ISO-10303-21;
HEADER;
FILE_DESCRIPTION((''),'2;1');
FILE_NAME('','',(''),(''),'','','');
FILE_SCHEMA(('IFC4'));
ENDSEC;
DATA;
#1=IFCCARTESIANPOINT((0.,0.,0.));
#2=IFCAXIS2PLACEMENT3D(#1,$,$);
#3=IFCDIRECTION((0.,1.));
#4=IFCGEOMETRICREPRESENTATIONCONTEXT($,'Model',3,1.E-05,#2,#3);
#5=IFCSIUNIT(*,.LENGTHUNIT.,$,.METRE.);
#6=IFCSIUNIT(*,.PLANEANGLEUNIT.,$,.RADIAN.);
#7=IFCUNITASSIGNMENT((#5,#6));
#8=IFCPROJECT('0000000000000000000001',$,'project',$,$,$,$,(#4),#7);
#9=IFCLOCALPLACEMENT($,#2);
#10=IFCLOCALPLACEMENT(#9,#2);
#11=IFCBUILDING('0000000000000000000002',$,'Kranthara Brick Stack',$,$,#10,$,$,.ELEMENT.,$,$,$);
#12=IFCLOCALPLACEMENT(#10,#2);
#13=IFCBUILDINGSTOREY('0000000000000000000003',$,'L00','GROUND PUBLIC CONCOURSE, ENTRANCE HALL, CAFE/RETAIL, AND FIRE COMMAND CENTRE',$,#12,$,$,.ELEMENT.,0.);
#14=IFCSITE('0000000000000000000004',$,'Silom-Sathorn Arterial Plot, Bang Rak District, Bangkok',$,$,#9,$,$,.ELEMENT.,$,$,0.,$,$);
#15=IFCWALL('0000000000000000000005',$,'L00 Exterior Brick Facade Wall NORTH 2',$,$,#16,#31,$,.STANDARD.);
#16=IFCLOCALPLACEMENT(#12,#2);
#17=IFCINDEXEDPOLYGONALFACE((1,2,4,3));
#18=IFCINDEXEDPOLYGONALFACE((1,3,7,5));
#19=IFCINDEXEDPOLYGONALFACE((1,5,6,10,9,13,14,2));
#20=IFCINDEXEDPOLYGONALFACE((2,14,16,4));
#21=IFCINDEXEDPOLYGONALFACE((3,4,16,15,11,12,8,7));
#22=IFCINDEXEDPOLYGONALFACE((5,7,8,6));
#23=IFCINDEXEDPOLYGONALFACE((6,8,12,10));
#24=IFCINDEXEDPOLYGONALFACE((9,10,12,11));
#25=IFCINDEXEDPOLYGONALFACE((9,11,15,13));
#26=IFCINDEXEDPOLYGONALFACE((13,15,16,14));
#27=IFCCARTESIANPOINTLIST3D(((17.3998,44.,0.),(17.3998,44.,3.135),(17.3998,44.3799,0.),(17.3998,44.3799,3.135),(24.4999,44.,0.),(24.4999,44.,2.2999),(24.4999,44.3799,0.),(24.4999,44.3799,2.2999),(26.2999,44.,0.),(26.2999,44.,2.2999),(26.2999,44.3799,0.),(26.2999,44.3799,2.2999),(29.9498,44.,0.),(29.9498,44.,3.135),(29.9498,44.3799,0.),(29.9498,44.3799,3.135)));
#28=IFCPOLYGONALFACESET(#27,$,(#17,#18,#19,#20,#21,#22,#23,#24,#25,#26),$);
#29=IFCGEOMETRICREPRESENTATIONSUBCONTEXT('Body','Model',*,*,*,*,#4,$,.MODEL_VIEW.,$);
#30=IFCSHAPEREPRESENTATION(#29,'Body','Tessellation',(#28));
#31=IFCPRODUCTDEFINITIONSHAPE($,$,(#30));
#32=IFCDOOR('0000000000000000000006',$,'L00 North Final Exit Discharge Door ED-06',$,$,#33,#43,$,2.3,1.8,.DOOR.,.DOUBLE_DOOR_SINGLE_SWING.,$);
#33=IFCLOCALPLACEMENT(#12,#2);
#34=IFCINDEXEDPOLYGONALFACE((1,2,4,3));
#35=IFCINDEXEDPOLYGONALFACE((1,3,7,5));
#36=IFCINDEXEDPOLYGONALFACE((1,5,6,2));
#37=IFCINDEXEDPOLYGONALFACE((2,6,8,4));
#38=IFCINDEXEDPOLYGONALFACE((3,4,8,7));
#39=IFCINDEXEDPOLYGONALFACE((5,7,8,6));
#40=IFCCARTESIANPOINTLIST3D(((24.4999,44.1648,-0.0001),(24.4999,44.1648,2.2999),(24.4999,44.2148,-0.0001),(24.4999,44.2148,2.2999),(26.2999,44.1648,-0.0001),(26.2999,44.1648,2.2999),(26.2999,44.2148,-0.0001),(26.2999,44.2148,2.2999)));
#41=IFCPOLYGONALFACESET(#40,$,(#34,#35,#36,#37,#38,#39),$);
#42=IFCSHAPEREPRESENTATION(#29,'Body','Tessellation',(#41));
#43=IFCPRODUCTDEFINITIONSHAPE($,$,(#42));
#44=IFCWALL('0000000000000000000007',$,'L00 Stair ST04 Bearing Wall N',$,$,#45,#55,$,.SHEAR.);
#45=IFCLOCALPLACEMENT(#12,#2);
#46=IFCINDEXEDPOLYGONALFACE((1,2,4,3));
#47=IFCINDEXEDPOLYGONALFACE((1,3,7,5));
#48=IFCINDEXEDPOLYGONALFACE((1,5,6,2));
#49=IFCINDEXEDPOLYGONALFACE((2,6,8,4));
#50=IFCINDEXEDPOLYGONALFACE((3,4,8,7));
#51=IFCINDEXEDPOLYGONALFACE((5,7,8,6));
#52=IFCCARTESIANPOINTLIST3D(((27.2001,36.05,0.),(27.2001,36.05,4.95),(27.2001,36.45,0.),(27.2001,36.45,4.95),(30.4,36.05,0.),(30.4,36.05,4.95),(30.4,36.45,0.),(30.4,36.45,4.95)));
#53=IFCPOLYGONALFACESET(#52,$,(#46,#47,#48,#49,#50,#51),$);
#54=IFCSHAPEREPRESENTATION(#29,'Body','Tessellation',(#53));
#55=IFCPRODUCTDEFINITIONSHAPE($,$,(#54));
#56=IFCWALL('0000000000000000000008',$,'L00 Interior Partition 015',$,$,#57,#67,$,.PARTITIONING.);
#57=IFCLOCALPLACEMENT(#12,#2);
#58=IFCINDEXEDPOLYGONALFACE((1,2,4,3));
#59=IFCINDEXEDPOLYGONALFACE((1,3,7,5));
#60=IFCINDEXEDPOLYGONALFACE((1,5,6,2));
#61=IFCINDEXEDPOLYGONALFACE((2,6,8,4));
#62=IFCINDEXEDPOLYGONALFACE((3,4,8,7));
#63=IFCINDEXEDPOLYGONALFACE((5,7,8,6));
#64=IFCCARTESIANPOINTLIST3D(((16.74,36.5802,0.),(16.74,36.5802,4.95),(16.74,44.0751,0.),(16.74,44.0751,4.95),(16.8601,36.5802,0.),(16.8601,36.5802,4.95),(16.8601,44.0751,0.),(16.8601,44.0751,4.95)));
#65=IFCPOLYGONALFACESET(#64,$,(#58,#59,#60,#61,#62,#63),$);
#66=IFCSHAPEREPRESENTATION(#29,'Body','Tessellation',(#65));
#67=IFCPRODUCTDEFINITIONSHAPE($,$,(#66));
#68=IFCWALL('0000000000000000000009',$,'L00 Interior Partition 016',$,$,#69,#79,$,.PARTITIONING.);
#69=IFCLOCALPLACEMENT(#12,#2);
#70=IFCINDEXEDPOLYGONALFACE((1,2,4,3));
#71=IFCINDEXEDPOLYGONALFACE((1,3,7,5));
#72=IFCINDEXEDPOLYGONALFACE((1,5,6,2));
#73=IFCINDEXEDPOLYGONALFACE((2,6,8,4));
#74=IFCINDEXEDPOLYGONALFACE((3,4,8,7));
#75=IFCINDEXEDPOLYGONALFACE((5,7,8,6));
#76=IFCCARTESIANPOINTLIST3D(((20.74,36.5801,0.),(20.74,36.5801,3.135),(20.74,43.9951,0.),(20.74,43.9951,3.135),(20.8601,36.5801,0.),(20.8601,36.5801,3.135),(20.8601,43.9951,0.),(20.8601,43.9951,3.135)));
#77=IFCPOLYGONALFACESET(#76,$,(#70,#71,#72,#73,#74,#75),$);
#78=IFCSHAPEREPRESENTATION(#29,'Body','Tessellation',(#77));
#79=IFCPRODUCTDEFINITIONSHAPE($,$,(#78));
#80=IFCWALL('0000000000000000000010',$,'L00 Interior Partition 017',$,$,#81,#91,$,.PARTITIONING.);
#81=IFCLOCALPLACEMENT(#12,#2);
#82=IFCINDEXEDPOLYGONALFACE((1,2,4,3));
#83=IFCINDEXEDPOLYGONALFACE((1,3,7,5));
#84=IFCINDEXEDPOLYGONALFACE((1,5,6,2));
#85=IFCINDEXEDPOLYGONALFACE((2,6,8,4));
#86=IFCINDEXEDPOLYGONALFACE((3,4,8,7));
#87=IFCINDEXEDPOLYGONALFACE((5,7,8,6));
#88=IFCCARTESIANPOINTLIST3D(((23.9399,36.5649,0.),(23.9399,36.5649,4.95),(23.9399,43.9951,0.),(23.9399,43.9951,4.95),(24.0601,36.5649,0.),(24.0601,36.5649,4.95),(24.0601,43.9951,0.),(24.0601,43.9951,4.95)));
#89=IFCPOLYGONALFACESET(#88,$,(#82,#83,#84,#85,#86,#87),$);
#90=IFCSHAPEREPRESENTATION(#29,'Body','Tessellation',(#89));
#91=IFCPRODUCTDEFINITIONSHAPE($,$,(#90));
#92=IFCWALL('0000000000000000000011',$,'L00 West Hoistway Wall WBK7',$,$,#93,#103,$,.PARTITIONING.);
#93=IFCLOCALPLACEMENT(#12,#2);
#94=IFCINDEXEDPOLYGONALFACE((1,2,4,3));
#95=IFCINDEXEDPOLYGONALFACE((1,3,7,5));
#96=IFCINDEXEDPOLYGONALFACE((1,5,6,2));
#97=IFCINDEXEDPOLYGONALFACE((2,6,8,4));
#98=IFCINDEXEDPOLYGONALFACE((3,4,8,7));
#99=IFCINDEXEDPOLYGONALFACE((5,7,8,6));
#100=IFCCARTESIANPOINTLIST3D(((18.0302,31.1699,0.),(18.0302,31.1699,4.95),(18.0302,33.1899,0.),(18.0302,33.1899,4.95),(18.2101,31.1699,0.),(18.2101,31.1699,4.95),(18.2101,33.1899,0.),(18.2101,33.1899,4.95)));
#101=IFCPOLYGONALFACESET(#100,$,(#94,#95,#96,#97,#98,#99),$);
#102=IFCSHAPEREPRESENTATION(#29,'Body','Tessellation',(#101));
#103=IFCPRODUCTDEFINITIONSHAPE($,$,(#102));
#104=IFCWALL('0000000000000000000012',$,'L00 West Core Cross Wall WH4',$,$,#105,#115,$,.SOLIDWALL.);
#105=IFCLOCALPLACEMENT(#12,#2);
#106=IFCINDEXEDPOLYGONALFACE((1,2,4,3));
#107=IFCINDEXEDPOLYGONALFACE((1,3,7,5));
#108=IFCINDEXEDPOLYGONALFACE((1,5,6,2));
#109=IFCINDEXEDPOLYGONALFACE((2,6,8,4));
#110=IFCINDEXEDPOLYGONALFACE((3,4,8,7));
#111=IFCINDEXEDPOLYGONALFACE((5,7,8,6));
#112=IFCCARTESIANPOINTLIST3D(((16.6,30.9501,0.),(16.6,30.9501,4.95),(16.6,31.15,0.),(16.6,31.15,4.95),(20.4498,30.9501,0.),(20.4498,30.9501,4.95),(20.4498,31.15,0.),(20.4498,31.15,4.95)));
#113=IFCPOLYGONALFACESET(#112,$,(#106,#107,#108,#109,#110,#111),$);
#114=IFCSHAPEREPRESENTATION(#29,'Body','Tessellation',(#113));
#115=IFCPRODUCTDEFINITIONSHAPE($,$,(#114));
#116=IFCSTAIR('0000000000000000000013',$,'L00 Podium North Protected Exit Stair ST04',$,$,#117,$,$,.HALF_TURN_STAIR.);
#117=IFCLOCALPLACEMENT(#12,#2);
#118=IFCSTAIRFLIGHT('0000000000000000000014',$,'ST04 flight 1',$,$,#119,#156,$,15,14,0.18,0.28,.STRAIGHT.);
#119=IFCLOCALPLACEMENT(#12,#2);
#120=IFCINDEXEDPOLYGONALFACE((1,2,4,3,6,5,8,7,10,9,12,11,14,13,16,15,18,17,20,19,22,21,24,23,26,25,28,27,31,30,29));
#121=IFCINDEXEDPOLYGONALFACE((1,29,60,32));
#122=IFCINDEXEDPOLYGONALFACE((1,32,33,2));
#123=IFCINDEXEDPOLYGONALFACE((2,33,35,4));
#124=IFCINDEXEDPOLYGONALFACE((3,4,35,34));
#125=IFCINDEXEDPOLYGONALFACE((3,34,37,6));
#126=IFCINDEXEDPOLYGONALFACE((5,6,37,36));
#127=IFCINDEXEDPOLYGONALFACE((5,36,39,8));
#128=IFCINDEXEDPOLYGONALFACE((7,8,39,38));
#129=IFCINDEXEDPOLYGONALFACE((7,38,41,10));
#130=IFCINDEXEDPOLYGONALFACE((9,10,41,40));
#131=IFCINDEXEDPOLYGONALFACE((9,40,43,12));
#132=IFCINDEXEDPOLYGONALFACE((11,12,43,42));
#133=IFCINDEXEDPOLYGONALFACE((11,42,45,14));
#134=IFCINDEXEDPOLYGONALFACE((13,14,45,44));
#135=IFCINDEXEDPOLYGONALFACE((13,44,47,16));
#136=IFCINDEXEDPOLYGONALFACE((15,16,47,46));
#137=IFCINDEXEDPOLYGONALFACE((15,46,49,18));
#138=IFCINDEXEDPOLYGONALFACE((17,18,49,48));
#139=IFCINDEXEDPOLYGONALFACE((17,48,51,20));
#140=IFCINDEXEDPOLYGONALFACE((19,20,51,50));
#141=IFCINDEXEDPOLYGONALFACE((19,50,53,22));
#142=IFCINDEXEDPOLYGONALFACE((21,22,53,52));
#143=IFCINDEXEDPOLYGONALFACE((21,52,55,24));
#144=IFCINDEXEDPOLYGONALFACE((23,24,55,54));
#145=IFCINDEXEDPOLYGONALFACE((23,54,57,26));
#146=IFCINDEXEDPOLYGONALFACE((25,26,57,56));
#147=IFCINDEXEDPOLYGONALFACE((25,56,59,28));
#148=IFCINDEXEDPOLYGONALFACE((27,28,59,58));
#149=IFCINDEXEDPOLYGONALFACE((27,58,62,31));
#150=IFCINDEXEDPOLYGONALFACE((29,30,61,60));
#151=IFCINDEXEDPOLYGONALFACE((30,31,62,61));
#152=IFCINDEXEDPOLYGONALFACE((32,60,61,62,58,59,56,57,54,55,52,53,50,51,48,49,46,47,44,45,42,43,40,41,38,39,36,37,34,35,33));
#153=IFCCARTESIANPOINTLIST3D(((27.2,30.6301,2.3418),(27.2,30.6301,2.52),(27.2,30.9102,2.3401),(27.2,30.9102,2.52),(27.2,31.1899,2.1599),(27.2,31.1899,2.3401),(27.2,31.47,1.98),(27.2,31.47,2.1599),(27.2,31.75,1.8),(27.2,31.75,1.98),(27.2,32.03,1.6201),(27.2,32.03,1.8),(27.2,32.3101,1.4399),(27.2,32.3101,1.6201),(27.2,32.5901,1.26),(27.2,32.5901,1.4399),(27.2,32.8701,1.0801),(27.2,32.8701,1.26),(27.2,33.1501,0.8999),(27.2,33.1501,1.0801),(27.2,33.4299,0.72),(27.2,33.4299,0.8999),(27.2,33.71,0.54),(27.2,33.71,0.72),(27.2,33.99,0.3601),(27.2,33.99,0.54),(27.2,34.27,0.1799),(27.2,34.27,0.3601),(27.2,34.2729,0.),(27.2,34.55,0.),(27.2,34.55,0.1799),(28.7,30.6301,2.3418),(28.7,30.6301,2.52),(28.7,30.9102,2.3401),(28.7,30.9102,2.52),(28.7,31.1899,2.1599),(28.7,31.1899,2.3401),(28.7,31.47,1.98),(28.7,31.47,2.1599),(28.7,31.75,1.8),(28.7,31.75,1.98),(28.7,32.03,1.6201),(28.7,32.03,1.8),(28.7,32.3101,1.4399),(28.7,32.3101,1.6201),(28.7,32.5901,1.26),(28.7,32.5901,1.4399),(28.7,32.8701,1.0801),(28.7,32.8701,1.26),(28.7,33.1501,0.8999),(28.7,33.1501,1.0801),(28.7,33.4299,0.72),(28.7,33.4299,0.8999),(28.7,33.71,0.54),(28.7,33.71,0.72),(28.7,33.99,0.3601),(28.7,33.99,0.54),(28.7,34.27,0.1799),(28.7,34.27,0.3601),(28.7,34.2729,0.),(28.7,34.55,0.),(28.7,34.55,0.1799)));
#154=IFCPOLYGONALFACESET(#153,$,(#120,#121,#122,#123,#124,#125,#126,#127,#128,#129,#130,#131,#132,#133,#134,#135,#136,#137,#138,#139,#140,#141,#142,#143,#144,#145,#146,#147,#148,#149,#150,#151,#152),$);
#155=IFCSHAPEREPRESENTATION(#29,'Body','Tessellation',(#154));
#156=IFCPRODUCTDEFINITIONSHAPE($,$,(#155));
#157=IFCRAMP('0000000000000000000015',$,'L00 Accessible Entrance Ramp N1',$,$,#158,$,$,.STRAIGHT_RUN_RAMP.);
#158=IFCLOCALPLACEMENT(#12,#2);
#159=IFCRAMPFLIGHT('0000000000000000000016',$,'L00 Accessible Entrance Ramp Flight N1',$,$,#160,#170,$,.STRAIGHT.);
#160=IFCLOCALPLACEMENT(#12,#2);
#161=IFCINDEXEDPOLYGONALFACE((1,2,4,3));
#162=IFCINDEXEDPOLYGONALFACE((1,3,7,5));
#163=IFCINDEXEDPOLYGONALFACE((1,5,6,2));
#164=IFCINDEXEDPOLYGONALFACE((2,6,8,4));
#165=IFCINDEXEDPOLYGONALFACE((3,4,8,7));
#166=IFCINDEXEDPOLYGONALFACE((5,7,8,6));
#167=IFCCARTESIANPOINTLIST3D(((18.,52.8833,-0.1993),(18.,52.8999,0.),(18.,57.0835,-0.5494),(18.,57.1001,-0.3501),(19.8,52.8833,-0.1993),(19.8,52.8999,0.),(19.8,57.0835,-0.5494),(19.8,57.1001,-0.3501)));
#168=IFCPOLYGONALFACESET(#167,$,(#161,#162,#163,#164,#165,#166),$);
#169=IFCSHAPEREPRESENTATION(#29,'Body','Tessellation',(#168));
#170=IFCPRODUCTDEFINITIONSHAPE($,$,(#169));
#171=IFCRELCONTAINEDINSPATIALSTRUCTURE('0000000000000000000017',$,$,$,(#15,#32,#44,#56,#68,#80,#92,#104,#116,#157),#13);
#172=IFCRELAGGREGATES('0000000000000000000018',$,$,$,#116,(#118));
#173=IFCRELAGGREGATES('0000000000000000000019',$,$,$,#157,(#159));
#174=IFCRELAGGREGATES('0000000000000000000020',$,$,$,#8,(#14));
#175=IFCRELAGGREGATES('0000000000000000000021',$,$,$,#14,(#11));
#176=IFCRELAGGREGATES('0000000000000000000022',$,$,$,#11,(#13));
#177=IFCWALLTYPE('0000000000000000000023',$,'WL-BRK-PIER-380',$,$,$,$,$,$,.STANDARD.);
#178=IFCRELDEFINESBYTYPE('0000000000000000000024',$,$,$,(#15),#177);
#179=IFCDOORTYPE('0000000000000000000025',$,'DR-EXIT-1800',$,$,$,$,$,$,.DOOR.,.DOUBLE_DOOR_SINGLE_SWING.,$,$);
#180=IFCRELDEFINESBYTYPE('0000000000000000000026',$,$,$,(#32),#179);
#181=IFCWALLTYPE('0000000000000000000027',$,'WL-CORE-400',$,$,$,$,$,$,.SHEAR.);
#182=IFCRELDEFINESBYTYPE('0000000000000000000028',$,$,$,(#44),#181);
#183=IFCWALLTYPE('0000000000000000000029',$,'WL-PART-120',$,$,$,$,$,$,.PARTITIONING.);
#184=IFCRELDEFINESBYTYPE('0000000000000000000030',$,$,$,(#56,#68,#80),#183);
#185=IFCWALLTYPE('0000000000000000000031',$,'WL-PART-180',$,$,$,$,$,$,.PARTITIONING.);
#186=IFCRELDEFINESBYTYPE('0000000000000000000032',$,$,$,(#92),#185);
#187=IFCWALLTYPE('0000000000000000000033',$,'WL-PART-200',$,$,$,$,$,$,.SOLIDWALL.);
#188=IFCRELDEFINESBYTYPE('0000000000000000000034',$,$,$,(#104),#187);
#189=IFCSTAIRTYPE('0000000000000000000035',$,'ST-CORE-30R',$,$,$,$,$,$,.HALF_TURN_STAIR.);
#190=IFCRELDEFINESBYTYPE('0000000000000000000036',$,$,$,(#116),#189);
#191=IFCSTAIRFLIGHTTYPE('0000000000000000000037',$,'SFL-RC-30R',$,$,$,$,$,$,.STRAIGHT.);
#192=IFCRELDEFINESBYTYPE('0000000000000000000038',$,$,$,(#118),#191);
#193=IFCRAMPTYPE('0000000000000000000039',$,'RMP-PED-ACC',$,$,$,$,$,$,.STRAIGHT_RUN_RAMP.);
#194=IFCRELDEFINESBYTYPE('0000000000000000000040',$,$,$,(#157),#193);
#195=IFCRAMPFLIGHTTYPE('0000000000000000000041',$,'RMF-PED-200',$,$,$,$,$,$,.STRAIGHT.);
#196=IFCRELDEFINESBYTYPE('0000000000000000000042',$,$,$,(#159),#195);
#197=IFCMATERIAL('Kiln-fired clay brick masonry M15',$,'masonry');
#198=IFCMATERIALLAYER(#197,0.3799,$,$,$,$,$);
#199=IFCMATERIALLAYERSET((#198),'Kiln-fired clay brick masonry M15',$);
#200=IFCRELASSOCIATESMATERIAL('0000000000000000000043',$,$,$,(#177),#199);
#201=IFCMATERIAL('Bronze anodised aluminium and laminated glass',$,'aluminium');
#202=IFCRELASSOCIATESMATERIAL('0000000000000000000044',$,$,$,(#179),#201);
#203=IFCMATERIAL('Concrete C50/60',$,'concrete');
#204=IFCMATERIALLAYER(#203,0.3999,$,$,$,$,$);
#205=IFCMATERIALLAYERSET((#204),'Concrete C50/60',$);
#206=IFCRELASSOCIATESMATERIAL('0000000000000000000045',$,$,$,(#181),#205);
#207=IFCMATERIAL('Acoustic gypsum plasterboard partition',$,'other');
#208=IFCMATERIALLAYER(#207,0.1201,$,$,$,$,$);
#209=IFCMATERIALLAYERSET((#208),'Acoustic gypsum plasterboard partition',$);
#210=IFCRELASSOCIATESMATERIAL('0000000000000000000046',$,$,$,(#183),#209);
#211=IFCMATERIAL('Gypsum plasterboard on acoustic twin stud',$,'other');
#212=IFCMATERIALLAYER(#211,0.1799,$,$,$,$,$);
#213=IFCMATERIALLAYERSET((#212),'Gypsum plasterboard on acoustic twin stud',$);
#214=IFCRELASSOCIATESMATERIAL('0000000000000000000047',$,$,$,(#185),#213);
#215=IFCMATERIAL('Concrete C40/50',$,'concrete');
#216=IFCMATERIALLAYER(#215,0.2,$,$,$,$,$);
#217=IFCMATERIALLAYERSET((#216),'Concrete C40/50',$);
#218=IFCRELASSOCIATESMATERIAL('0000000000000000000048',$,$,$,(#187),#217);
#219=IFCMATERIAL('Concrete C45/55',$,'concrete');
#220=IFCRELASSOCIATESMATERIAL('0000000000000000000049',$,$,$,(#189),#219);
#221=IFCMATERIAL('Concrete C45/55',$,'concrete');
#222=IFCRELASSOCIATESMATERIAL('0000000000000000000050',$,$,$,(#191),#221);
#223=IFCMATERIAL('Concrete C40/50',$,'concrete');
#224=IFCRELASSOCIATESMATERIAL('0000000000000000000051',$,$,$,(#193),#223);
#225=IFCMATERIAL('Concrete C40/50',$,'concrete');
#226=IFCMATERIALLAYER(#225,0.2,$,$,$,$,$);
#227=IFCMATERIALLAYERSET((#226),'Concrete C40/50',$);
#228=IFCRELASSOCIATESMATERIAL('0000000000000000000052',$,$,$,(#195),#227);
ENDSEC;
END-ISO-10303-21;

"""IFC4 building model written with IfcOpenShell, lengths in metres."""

from ifc_helpers import new_model, si_unit, direction, frame, frame_2d, origin, place, context, subcontext, project, spatial, polyline, rectangle, outline, extrude, material, layer, layer_set, type_object, element, fill, aggregate, save


model = new_model("IFC4")

# Units and contexts
model_context = context("Model", 3, precision=1e-05, world=origin(), true_north=direction((0.0, 1.0)))
body_context = subcontext(model_context, "Body", "Model", "MODEL_VIEW")
ifc_project = project(units=[si_unit("LENGTHUNIT", "METRE"), si_unit("PLANEANGLEUNIT", "RADIAN")], contexts=[model_context])

# Site, building, storey
site_placement = place(None, origin())
site = spatial("IfcSite", under=ifc_project, at=site_placement, Name="Silom-Sathorn Arterial Plot, Bang Rak District, Bangkok", CompositionType="ELEMENT", RefElevation=0.0)
building_placement = place(site_placement, origin())
building = spatial("IfcBuilding", under=site, at=building_placement, Name="Kranthara Brick Stack", CompositionType="ELEMENT")
storey_placement = place(building_placement, origin())
storey = spatial("IfcBuildingStorey", under=building, at=storey_placement, Name="L00", Description="GROUND PUBLIC CONCOURSE, ENTRANCE HALL, CAFE/RETAIL, AND FIRE COMMAND CENTRE", CompositionType="ELEMENT", Elevation=0.0)

# Wall, opening, door
ifc_material_1 = material(Name="Kiln-fired clay brick masonry M15", Category="masonry")
ifc_layer_1 = layer(ifc_material_1, 0.3799)
ifc_layer_set_1 = layer_set([ifc_layer_1], Name="Kiln-fired clay brick masonry M15")
wall_type_1 = type_object("IfcWallType", Name="WL-BRK-PIER-380", PredefinedType="STANDARD", material=ifc_layer_set_1)
wall_1_placement = place(storey_placement, frame((17.3999, 44.1899, 0.0), z_axis=(0.0, 0.0, 1.0), x_axis=(1.0, 0.0, 0.0)))
wall_1 = element("IfcWall", 1, at=wall_1_placement, inside=storey, type_object=wall_type_1, Name="L00 Exterior Brick Facade Wall NORTH 2", PredefinedType="STANDARD", context=body_context, shape_type="SweptSolid", body=[
    extrude(rectangle(XDim=12.55, YDim=0.3799, at=frame_2d((6.2749, 0.0))), origin(), (0.0, 0.0, 1.0), 3.135),
])
opening_placement = place(wall_1_placement, frame((7.1001, 0.0, 0.0)))
opening = element("IfcOpeningElement", 2, at=opening_placement, cuts=wall_1, PredefinedType="OPENING", context=body_context, shape_type="SweptSolid", body=[
    extrude(rectangle(XDim=1.8, YDim=2.3, at=frame_2d((0.8999, 1.1499))), frame((0.0, 0.2, 0.0), z_axis=(0.0, -1.0, 0.0), x_axis=(1.0, 0.0, 0.0)), (0.0, 0.0, 1.0), 0.3999),
])
ifc_material_2 = material(Name="Bronze anodised aluminium and laminated glass", Category="aluminium")
door_type = type_object("IfcDoorType", Name="DR-EXIT-1800", OperationType="DOUBLE_DOOR_SINGLE_SWING", PredefinedType="DOOR", material=ifc_material_2)
door_placement = place(opening_placement, origin())
door = element("IfcDoor", 3, at=door_placement, inside=storey, type_object=door_type, Name="L00 North Final Exit Discharge Door ED-06", OperationType="DOUBLE_DOOR_SINGLE_SWING", OverallHeight=2.3, OverallWidth=1.8, PredefinedType="DOOR", context=body_context, shape_type="SweptSolid", body=[
    extrude(rectangle(XDim=1.8, YDim=2.3, at=frame_2d((0.8999, 1.1499))), frame((0.0, 0.0249, 0.0), z_axis=(0.0, -1.0, 0.0), x_axis=(1.0, 0.0, 0.0)), (0.0, 0.0, 1.0), 0.05),
])
fill(opening, door)

# Walls
ifc_material_3 = material(Name="Concrete C50/60", Category="concrete")
ifc_layer_2 = layer(ifc_material_3, 0.3999)
ifc_layer_set_2 = layer_set([ifc_layer_2], Name="Concrete C50/60")
wall_type_2 = type_object("IfcWallType", Name="WL-CORE-400", PredefinedType="SHEAR", material=ifc_layer_set_2)
wall_2_placement = place(storey_placement, frame((27.2, 36.25, 0.0), z_axis=(0.0, 0.0, 1.0), x_axis=(1.0, 0.0, 0.0)))
element("IfcWall", 4, at=wall_2_placement, inside=storey, type_object=wall_type_2, Name="L00 Stair ST04 Bearing Wall N", PredefinedType="SHEAR", context=body_context, shape_type="SweptSolid", body=[
    extrude(rectangle(XDim=3.2, YDim=0.3999, at=frame_2d((1.6001, 0.0))), origin(), (0.0, 0.0, 1.0), 4.95),
])
ifc_material_4 = material(Name="Acoustic gypsum plasterboard partition", Category="other")
ifc_layer_3 = layer(ifc_material_4, 0.1201)
ifc_layer_set_3 = layer_set([ifc_layer_3], Name="Acoustic gypsum plasterboard partition")
wall_type_3 = type_object("IfcWallType", Name="WL-PART-120", PredefinedType="PARTITIONING", material=ifc_layer_set_3)
wall_3_placement = place(storey_placement, frame((16.8, 36.5801, 0.0), z_axis=(0.0, 0.0, 1.0), x_axis=(0.0, 1.0, 0.0)))
element("IfcWall", 5, at=wall_3_placement, inside=storey, type_object=wall_type_3, Name="L00 Interior Partition 015", PredefinedType="PARTITIONING", context=body_context, shape_type="SweptSolid", body=[
    extrude(rectangle(XDim=7.4949, YDim=0.1201, at=frame_2d((3.7476, 0.0))), origin(), (0.0, 0.0, 1.0), 4.95),
])
wall_4_placement = place(storey_placement, frame((20.8, 36.5801, 0.0), z_axis=(0.0, 0.0, 1.0), x_axis=(0.0, 1.0, 0.0)))
element("IfcWall", 6, at=wall_4_placement, inside=storey, type_object=wall_type_3, Name="L00 Interior Partition 016", PredefinedType="PARTITIONING", context=body_context, shape_type="SweptSolid", body=[
    extrude(rectangle(XDim=7.415, YDim=0.1201, at=frame_2d((3.7075, 0.0))), origin(), (0.0, 0.0, 1.0), 3.135),
])
wall_5_placement = place(storey_placement, frame((24.0, 36.5649, 0.0), z_axis=(0.0, 0.0, 1.0), x_axis=(0.0, 1.0, 0.0)))
element("IfcWall", 7, at=wall_5_placement, inside=storey, type_object=wall_type_3, Name="L00 Interior Partition 017", PredefinedType="PARTITIONING", context=body_context, shape_type="SweptSolid", body=[
    extrude(rectangle(XDim=7.4302, YDim=0.1201, at=frame_2d((3.7151, 0.0))), origin(), (0.0, 0.0, 1.0), 4.95),
])
ifc_material_5 = material(Name="Gypsum plasterboard on acoustic twin stud", Category="other")
ifc_layer_4 = layer(ifc_material_5, 0.1799)
ifc_layer_set_4 = layer_set([ifc_layer_4], Name="Gypsum plasterboard on acoustic twin stud")
wall_type_4 = type_object("IfcWallType", Name="WL-PART-180", PredefinedType="PARTITIONING", material=ifc_layer_set_4)
wall_6_placement = place(storey_placement, frame((18.1201, 31.1699, 0.0), z_axis=(0.0, 0.0, 1.0), x_axis=(0.0, 1.0, 0.0)))
element("IfcWall", 8, at=wall_6_placement, inside=storey, type_object=wall_type_4, Name="L00 West Hoistway Wall WBK7", PredefinedType="PARTITIONING", context=body_context, shape_type="SweptSolid", body=[
    extrude(rectangle(XDim=2.02, YDim=0.1799, at=frame_2d((1.01, 0.0))), origin(), (0.0, 0.0, 1.0), 4.95),
])
ifc_material_6 = material(Name="Concrete C40/50", Category="concrete")
ifc_layer_5 = layer(ifc_material_6, 0.2)
ifc_layer_set_5 = layer_set([ifc_layer_5], Name="Concrete C40/50")
wall_type_5 = type_object("IfcWallType", Name="WL-PART-200", PredefinedType="SOLIDWALL", material=ifc_layer_set_5)
wall_7_placement = place(storey_placement, frame((16.6001, 31.05, 0.0), z_axis=(0.0, 0.0, 1.0), x_axis=(1.0, 0.0, 0.0)))
element("IfcWall", 9, at=wall_7_placement, inside=storey, type_object=wall_type_5, Name="L00 West Core Cross Wall WH4", PredefinedType="SOLIDWALL", context=body_context, shape_type="SweptSolid", body=[
    extrude(rectangle(XDim=3.8499, YDim=0.2, at=frame_2d((1.9248, 0.0))), origin(), (0.0, 0.0, 1.0), 4.95),
])

# Stair, stair flight
ifc_material_7 = material(Name="Concrete C45/55", Category="concrete")
stair_type = type_object("IfcStairType", Name="ST-CORE-30R", PredefinedType="HALF_TURN_STAIR", material=ifc_material_7)
stair_placement = place(storey_placement, origin())
stair = element("IfcStair", 10, at=stair_placement, inside=storey, type_object=stair_type, Name="L00 Podium North Protected Exit Stair ST04", PredefinedType="HALF_TURN_STAIR")
ifc_material_8 = material(Name="Concrete C45/55", Category="concrete")
stair_flight_type = type_object("IfcStairFlightType", Name="SFL-RC-30R", PredefinedType="STRAIGHT", material=ifc_material_8)
stair_flight_placement = place(storey_placement, frame((27.95, 34.55, 0.0), z_axis=(0.0, 0.0, 1.0), x_axis=(0.0, -1.0, 0.0)))
stair_flight = element("IfcStairFlight", 11, at=stair_flight_placement, type_object=stair_flight_type, Name="ST04 flight 1", NumberOfRisers=15, NumberOfTreads=14, PredefinedType="STRAIGHT", RiserHeight=0.18, TreadLength=0.28, context=body_context, shape_type="SweptSolid", body=[
    extrude(outline(polyline([(0.0, 0.0), (0.0, 0.1799), (0.28, 0.1799), (0.28, 0.3601), (0.5601, 0.3601), (0.5601, 0.54), (0.8401, 0.54), (0.8401, 0.72), (1.1201, 0.72), (1.1201, 0.8999), (1.3999, 0.8999), (1.3999, 1.0801), (1.6799, 1.0801), (1.6799, 1.26), (1.96, 1.26), (1.96, 1.4399), (2.24, 1.4399), (2.24, 1.6201), (2.52, 1.6201), (2.52, 1.8), (2.8, 1.8), (2.8, 1.98), (3.0801, 1.98), (3.0801, 2.1599), (3.3601, 2.1599), (3.3601, 2.3401), (3.6399, 2.3401), (3.6399, 2.52), (3.9199, 2.52), (3.9199, 2.7), (3.9199, 2.3418), (0.2771, 0.0), (0.0, 0.0)])), frame((0.0, 0.75, 0.0), z_axis=(0.0, -1.0, 0.0), x_axis=(1.0, 0.0, 0.0)), (0.0, 0.0, 1.0), 1.5),
])
aggregate(stair, [stair_flight])

# Ramp, ramp flight
ifc_material_9 = material(Name="Concrete C40/50", Category="concrete")
ramp_type = type_object("IfcRampType", Name="RMP-PED-ACC", PredefinedType="STRAIGHT_RUN_RAMP", material=ifc_material_9)
ramp_placement = place(storey_placement, origin())
ramp = element("IfcRamp", 12, at=ramp_placement, inside=storey, type_object=ramp_type, Name="L00 Accessible Entrance Ramp N1", PredefinedType="STRAIGHT_RUN_RAMP")
ifc_material_10 = material(Name="Concrete C40/50", Category="concrete")
ifc_layer_6 = layer(ifc_material_10, 0.2)
ifc_layer_set_6 = layer_set([ifc_layer_6], Name="Concrete C40/50")
ramp_flight_type = type_object("IfcRampFlightType", Name="RMF-PED-200", PredefinedType="STRAIGHT", material=ifc_layer_set_6)
ramp_flight_placement = place(storey_placement, frame((18.0, 52.8999, 0.0), z_axis=(0.0, 0.083065, 0.996544), x_axis=(1.0, 0.0, 0.0)))
ramp_flight = element("IfcRampFlight", 13, at=ramp_flight_placement, type_object=ramp_flight_type, Name="L00 Accessible Entrance Ramp Flight N1", PredefinedType="STRAIGHT", context=body_context, shape_type="SweptSolid", body=[
    extrude(outline(polyline([(0.0, 0.0), (1.8, 0.0), (1.8, 4.2148), (0.0, 4.2148), (0.0, 0.0)])), origin(), (0.0, 0.0, -1.0), 0.2),
])
aggregate(ramp, [ramp_flight])

save(model, "model.ifc")
